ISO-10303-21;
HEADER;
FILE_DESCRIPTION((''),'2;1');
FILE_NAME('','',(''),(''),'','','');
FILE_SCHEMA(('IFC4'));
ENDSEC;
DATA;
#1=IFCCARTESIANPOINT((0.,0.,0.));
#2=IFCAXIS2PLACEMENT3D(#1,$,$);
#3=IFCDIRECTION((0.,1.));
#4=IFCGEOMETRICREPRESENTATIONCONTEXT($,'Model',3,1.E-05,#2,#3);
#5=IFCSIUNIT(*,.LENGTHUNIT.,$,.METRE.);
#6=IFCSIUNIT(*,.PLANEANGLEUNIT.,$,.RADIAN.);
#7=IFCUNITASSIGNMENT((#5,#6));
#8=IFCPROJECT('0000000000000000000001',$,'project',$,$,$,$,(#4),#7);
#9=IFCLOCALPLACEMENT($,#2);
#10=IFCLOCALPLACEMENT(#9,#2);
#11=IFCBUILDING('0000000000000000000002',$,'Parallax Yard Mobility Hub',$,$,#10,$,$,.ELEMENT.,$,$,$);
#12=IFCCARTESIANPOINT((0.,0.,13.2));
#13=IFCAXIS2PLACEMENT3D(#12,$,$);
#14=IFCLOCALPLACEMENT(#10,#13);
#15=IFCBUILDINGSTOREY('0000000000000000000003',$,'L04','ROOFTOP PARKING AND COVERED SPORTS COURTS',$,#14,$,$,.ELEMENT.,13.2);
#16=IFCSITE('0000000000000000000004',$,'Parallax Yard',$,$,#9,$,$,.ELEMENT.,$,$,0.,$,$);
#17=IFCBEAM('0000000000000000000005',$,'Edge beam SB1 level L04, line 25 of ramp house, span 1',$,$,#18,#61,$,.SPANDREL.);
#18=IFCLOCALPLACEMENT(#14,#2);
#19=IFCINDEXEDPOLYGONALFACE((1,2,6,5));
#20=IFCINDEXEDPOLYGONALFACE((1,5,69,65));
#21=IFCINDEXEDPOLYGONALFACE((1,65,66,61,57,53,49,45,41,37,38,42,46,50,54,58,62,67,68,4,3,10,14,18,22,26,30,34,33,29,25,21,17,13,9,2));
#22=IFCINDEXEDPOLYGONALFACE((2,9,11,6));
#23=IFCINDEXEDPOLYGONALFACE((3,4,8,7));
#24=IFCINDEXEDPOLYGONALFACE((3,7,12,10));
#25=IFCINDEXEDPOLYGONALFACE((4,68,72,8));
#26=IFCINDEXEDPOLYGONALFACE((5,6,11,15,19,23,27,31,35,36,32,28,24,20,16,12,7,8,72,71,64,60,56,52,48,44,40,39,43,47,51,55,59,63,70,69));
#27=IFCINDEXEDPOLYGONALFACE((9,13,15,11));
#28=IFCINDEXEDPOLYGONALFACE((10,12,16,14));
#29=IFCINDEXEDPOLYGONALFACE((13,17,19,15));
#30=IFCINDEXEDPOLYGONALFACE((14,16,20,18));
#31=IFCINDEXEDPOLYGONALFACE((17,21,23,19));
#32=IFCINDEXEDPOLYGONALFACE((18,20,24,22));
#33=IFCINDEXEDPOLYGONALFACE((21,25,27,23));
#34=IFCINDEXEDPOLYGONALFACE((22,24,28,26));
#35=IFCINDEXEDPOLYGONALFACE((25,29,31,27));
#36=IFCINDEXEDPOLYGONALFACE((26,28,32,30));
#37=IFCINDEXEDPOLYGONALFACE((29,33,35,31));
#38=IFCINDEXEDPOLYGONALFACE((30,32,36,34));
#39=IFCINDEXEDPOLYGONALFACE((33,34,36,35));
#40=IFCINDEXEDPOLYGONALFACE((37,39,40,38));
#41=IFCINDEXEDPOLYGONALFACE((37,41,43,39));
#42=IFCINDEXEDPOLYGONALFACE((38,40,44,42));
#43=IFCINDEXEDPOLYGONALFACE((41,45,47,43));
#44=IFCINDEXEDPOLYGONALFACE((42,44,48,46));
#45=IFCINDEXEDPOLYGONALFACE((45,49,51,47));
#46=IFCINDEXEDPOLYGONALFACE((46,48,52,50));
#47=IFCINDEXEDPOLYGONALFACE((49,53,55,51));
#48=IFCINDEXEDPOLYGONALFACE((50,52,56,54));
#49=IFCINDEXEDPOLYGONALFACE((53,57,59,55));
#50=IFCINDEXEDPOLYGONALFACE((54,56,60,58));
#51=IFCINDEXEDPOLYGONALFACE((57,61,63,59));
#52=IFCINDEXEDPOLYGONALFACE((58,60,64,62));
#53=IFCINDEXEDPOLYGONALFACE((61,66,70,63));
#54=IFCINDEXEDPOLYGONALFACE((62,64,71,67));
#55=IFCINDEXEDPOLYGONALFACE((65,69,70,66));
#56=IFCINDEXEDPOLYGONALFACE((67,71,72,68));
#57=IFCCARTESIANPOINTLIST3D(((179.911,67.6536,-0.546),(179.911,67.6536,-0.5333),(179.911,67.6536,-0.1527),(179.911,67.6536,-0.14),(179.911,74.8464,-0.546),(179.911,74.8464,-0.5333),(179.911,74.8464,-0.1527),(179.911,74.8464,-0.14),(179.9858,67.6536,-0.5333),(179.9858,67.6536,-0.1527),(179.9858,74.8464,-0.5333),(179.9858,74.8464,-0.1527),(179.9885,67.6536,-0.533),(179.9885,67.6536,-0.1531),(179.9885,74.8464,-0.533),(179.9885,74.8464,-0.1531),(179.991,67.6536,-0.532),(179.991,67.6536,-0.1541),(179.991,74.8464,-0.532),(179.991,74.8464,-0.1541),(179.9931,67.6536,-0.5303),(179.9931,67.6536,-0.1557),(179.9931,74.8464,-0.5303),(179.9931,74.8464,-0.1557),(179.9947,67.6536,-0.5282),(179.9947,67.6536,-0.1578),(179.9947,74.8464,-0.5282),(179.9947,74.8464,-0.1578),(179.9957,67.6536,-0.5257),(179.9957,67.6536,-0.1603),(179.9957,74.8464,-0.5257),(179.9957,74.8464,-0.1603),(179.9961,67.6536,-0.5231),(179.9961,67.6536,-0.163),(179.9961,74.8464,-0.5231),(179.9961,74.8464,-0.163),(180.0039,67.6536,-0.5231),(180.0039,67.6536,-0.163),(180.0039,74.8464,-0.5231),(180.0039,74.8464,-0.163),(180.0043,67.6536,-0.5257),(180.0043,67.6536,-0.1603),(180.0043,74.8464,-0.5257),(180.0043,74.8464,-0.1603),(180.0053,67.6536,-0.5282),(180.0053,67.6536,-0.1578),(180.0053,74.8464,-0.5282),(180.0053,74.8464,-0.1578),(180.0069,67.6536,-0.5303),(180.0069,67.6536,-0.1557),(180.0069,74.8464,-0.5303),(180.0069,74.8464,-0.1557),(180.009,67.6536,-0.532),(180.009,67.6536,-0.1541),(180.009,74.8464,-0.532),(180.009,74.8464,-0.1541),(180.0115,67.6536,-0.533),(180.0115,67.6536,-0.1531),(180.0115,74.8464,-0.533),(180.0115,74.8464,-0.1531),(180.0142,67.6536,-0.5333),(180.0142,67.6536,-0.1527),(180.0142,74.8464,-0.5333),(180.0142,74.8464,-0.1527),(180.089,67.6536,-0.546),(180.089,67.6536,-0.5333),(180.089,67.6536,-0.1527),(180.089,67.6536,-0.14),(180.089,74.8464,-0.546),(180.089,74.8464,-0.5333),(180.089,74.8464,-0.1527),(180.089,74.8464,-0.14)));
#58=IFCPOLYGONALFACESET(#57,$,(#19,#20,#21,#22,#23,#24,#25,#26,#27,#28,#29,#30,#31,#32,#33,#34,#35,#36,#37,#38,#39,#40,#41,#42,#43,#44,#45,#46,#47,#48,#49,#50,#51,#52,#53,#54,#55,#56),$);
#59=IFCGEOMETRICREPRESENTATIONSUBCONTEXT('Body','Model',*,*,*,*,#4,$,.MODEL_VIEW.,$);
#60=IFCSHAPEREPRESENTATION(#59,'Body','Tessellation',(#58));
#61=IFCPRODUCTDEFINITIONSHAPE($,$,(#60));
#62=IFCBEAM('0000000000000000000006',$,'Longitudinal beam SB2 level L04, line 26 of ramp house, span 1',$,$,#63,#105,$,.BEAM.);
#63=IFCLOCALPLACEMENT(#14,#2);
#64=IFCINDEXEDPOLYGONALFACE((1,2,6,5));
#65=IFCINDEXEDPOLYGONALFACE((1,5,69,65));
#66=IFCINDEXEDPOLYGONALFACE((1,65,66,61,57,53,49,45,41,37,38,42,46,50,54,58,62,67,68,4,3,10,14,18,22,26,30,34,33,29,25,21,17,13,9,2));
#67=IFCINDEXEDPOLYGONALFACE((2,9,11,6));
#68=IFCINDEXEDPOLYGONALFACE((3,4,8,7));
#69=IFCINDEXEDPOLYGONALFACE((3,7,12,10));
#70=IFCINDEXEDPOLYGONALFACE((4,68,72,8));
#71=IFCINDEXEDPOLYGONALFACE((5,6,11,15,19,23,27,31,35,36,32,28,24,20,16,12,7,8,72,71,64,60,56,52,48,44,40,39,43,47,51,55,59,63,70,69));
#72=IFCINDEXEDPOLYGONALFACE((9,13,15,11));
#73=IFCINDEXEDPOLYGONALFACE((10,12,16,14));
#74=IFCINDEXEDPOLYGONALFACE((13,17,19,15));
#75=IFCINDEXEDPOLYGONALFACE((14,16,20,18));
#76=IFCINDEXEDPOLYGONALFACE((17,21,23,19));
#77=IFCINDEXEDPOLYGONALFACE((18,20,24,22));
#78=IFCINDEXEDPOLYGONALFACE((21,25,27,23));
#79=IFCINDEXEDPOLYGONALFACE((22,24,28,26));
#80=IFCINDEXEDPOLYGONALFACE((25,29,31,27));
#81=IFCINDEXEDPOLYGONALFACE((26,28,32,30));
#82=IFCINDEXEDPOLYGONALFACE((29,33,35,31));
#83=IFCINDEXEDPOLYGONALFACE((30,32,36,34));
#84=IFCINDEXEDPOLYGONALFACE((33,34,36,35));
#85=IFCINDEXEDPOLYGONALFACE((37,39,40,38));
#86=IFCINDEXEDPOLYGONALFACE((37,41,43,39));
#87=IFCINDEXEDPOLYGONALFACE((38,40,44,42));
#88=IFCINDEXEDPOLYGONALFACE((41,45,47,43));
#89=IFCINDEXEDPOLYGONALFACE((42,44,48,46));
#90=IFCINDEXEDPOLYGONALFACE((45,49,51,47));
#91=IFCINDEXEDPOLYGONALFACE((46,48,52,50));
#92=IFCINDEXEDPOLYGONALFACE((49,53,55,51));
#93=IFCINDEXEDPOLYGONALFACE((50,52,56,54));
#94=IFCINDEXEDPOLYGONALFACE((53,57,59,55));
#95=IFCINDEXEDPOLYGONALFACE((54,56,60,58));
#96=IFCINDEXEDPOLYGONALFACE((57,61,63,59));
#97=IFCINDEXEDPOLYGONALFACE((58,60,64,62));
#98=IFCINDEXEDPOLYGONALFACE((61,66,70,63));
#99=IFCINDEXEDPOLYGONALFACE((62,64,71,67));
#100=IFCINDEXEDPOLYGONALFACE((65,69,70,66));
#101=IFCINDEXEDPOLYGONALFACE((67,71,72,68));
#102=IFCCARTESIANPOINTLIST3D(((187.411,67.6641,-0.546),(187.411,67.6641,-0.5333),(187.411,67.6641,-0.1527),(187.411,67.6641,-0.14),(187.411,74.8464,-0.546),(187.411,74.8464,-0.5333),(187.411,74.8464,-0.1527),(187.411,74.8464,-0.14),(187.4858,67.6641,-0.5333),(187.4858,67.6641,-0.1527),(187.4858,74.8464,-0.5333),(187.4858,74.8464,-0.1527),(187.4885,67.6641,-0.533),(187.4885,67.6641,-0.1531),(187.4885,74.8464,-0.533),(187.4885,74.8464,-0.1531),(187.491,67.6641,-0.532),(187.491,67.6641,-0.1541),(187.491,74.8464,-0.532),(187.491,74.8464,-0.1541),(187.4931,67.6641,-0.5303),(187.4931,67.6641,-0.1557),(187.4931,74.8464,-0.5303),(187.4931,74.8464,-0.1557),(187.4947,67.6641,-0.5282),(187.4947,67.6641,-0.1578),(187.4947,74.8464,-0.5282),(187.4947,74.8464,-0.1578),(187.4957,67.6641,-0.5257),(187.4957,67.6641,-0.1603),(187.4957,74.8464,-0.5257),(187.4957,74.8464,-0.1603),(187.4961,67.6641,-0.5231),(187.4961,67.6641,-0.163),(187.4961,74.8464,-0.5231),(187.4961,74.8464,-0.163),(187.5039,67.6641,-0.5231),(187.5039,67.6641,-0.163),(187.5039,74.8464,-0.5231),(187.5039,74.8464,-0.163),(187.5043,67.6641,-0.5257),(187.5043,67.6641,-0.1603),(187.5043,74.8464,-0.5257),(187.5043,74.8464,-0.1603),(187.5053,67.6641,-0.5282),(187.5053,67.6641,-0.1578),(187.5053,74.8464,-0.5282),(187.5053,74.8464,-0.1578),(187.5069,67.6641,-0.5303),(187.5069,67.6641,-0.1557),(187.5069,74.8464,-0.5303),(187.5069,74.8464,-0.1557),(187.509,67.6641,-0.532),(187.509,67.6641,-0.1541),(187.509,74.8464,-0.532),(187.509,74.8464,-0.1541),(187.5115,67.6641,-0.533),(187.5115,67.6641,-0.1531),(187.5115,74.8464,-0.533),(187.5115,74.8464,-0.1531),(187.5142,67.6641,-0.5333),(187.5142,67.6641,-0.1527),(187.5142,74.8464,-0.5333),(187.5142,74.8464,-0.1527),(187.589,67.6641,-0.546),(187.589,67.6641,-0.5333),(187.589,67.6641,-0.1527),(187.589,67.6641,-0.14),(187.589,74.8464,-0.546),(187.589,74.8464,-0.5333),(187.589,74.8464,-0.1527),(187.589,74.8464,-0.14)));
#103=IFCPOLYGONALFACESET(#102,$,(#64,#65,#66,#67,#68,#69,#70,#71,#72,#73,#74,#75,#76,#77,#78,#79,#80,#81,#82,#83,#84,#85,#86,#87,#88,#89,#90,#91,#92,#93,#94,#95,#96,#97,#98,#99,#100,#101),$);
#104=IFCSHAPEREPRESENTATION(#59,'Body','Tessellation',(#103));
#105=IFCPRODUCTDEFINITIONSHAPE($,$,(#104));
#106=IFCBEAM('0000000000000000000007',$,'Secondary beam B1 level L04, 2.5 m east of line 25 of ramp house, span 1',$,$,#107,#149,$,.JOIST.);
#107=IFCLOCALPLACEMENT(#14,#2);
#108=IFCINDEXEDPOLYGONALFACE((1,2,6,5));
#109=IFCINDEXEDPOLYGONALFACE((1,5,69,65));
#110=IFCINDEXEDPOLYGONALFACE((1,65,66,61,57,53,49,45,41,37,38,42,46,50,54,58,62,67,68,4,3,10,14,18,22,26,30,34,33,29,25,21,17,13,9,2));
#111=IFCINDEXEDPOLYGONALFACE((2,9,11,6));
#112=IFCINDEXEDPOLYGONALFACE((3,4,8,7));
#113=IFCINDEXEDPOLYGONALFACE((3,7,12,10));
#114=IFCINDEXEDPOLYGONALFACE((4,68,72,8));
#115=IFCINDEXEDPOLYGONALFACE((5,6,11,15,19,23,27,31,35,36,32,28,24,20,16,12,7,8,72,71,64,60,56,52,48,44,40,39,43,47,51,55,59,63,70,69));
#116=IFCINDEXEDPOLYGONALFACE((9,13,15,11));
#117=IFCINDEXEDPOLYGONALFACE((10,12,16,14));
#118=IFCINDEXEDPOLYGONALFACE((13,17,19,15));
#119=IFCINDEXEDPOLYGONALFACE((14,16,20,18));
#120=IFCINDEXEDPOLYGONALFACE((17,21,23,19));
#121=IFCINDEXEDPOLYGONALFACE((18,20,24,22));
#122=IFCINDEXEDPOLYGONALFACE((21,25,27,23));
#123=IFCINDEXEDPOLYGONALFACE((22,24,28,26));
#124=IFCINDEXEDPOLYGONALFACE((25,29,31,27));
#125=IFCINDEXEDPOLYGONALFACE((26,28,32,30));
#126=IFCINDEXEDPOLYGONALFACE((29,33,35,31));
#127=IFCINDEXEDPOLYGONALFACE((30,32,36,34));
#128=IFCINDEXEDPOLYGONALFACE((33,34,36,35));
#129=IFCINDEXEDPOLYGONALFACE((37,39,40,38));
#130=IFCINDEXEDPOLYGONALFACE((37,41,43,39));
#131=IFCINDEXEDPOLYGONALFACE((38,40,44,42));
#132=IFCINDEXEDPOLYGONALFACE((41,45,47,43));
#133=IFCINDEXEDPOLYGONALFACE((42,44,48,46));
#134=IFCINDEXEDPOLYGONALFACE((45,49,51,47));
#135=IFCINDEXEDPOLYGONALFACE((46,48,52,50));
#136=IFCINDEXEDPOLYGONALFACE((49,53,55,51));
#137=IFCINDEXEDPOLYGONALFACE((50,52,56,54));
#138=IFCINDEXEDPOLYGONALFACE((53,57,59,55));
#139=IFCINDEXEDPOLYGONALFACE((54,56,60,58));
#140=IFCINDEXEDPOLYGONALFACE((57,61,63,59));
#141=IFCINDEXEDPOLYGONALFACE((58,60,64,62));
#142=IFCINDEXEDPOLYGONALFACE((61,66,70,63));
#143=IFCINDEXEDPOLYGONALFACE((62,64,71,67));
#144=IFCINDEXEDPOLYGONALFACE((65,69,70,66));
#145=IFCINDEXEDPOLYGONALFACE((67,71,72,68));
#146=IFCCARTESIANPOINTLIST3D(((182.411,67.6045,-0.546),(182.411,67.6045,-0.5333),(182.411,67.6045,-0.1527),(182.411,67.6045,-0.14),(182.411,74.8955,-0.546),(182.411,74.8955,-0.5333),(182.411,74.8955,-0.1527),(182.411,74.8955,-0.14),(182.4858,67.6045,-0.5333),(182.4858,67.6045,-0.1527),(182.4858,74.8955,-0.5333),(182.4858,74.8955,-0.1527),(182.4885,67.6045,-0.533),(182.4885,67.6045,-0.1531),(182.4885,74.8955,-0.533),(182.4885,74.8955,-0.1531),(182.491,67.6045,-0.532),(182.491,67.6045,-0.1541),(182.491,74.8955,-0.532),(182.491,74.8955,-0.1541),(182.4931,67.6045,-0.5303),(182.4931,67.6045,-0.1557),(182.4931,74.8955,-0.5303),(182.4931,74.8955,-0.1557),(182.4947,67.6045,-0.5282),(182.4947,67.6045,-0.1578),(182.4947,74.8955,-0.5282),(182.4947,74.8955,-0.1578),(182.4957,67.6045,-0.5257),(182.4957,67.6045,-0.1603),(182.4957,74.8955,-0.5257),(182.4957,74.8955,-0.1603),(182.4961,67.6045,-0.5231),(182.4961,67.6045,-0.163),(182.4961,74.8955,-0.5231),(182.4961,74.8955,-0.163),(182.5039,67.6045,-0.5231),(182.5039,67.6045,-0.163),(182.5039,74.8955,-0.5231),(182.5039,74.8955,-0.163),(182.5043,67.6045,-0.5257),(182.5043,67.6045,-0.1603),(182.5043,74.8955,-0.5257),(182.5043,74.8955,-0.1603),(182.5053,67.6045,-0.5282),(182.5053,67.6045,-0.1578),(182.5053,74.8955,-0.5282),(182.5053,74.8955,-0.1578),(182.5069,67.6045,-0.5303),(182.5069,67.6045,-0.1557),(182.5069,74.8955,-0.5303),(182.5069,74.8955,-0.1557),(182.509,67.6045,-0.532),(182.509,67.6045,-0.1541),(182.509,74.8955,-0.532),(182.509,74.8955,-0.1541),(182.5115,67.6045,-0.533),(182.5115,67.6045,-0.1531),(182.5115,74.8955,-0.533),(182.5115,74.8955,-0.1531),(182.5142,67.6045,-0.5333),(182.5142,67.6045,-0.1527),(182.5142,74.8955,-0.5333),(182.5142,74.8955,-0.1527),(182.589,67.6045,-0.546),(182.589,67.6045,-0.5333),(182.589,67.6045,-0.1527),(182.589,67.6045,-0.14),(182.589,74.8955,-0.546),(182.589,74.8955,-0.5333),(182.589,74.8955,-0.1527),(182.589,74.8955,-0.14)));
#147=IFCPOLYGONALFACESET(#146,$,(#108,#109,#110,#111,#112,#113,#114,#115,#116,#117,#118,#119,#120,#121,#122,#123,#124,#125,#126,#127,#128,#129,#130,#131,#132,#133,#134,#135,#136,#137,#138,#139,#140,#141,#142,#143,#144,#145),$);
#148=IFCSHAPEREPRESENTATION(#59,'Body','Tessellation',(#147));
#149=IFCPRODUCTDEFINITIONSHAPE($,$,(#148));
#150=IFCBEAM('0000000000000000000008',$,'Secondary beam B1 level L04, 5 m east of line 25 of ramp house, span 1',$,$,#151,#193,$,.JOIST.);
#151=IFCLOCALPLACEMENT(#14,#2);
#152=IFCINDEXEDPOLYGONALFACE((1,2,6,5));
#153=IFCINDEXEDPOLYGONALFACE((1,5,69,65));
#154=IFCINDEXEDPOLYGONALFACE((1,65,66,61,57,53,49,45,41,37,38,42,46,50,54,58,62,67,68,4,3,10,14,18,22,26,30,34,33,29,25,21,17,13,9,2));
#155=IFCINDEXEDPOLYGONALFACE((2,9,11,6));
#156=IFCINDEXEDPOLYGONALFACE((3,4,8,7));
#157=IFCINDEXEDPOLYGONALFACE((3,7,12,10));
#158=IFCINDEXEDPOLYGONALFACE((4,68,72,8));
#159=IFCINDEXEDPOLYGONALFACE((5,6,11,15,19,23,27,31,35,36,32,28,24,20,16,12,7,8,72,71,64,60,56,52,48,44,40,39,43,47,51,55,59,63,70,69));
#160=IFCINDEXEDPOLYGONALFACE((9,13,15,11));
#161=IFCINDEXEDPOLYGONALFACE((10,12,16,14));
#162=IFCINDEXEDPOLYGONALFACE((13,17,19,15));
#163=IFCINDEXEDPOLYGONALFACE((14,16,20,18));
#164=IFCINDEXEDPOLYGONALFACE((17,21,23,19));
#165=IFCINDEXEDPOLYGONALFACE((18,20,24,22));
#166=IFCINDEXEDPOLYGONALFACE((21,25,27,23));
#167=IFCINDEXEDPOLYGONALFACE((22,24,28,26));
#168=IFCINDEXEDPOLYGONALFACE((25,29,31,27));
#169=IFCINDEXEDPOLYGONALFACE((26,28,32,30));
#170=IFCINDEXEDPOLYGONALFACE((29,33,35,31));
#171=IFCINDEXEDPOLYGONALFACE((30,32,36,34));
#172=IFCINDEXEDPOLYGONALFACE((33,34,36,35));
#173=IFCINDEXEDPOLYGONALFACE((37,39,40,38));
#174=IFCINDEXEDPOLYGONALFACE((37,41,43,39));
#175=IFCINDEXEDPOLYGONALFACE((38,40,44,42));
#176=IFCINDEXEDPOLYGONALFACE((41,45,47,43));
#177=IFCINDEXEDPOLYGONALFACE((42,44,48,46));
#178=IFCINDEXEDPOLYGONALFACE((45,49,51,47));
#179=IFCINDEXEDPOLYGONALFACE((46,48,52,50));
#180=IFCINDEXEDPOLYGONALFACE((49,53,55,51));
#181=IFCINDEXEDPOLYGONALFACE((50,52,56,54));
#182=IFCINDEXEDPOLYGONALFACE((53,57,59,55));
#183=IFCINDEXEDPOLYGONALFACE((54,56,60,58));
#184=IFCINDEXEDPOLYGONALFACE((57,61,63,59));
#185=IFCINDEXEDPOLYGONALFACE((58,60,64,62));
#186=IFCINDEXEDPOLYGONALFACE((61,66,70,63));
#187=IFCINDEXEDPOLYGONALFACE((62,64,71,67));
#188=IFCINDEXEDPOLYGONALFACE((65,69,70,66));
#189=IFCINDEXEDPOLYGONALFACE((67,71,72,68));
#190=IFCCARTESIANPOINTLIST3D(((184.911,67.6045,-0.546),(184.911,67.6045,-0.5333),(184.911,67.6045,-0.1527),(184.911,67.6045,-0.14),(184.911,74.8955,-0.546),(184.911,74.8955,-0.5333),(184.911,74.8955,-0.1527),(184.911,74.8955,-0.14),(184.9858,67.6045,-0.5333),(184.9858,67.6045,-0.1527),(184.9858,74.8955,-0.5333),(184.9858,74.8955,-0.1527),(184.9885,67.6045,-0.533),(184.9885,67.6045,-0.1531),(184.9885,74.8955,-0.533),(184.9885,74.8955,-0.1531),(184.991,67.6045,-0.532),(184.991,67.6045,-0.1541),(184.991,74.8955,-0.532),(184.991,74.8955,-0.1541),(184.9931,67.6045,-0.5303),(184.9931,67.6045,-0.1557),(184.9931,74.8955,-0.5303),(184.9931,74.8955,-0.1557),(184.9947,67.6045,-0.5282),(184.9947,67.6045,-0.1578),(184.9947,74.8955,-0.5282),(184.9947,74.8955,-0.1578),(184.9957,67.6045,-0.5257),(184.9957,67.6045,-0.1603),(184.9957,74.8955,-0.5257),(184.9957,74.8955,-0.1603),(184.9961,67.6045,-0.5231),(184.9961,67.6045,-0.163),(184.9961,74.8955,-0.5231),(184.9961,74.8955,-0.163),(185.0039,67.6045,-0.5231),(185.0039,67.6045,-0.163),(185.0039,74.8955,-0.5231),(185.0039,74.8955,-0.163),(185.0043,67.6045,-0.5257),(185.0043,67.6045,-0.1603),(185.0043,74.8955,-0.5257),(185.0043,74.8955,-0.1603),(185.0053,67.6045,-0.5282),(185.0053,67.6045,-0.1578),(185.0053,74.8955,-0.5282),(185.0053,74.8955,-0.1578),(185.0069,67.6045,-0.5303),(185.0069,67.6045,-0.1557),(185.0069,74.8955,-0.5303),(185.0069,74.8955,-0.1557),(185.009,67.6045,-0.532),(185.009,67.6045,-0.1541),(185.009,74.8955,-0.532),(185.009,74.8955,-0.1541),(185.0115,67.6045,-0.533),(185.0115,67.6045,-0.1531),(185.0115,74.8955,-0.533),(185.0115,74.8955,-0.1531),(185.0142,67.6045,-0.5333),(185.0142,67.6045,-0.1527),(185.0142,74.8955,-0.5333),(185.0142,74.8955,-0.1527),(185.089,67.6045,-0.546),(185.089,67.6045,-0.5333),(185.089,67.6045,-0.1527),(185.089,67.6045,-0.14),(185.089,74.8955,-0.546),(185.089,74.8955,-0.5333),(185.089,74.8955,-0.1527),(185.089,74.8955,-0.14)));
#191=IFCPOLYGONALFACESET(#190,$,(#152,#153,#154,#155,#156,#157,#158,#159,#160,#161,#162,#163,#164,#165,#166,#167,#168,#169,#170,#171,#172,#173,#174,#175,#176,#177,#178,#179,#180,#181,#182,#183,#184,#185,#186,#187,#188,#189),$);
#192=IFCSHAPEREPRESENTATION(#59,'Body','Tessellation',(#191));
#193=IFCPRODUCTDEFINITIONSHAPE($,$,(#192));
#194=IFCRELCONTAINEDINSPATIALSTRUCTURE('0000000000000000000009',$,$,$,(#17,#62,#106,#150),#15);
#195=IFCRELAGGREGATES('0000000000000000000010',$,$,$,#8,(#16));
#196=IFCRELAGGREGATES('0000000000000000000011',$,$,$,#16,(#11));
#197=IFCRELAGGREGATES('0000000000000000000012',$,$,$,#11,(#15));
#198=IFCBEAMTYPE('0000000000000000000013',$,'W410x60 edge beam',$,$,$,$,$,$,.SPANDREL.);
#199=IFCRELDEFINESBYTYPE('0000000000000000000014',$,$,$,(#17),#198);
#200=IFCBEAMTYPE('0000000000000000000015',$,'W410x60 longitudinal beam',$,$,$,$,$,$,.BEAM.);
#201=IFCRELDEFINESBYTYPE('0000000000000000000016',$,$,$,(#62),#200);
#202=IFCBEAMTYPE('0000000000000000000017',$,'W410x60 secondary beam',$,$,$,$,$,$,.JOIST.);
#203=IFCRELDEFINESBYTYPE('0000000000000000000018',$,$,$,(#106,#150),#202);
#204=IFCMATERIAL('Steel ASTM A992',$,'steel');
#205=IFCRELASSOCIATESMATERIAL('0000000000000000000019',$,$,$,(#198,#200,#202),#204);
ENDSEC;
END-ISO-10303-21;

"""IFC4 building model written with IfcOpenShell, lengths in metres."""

from ifc_helpers import new_model, si_unit, direction, frame, origin, origin_2d, place, context, subcontext, project, spatial, i_section, extrude, material, material_profile, profile_set, type_object, element, save


model = new_model("IFC4")

# Units and contexts
model_context = context("Model", 3, precision=1e-05, world=origin(), true_north=direction((0.0, 1.0)))
body_context = subcontext(model_context, "Body", "Model", "MODEL_VIEW")
ifc_project = project(units=[si_unit("LENGTHUNIT", "METRE"), si_unit("PLANEANGLEUNIT", "RADIAN")], contexts=[model_context])

# Site, building, storey
site_placement = place(None, origin())
site = spatial("IfcSite", under=ifc_project, at=site_placement, Name="Parallax Yard", CompositionType="ELEMENT", RefElevation=0.0)
building_placement = place(site_placement, origin())
building = spatial("IfcBuilding", under=site, at=building_placement, Name="Parallax Yard Mobility Hub", CompositionType="ELEMENT")
storey_placement = place(building_placement, frame((0.0, 0.0, 13.2)))
storey = spatial("IfcBuildingStorey", under=building, at=storey_placement, Name="L04", Description="ROOFTOP PARKING AND COVERED SPORTS COURTS", CompositionType="ELEMENT", Elevation=13.2)

# Shared definitions
ifc_material_1 = material(Name="Steel ASTM A992", Category="steel")

# Beams
ifc_material_profile_1 = material_profile(ifc_material_1, i_section(OverallWidth=0.178, OverallDepth=0.406, WebThickness=0.0078, FlangeThickness=0.0127, FilletRadius=0.0103, at=origin_2d()), Name="W410x60")
ifc_profile_set_1 = profile_set([ifc_material_profile_1], Name="Steel ASTM A992")
beam_type_1 = type_object("IfcBeamType", Name="W410x60 edge beam", PredefinedType="SPANDREL", material=ifc_profile_set_1)
beam_1_placement = place(storey_placement, frame((180.0, 67.6536, -0.343), z_axis=(0.0, 1.0, 0.0), x_axis=(-1.0, 0.0, 0.0)))
element("IfcBeam", 1, at=beam_1_placement, inside=storey, type_object=beam_type_1, Name="Edge beam SB1 level L04, line 25 of ramp house, span 1", PredefinedType="SPANDREL", context=body_context, shape_type="SweptSolid", body=[
    extrude(i_section(OverallWidth=0.178, OverallDepth=0.406, WebThickness=0.0078, FlangeThickness=0.0127, FilletRadius=0.0103, at=origin_2d()), origin(), (0.0, 0.0, 1.0), 7.1929),
])
ifc_material_profile_2 = material_profile(ifc_material_1, i_section(OverallWidth=0.178, OverallDepth=0.406, WebThickness=0.0078, FlangeThickness=0.0127, FilletRadius=0.0103, at=origin_2d()), Name="W410x60")
ifc_profile_set_2 = profile_set([ifc_material_profile_2], Name="Steel ASTM A992")
beam_type_2 = type_object("IfcBeamType", Name="W410x60 longitudinal beam", PredefinedType="BEAM", material=ifc_profile_set_2)
beam_2_placement = place(storey_placement, frame((187.5, 67.6641, -0.343), z_axis=(0.0, 1.0, 0.0), x_axis=(-1.0, 0.0, 0.0)))
element("IfcBeam", 2, at=beam_2_placement, inside=storey, type_object=beam_type_2, Name="Longitudinal beam SB2 level L04, line 26 of ramp house, span 1", PredefinedType="BEAM", context=body_context, shape_type="SweptSolid", body=[
    extrude(i_section(OverallWidth=0.178, OverallDepth=0.406, WebThickness=0.0078, FlangeThickness=0.0127, FilletRadius=0.0103, at=origin_2d()), origin(), (0.0, 0.0, 1.0), 7.1824),
])
ifc_material_profile_3 = material_profile(ifc_material_1, i_section(OverallWidth=0.178, OverallDepth=0.406, WebThickness=0.0078, FlangeThickness=0.0127, FilletRadius=0.0103, at=origin_2d()), Name="W410x60")
ifc_profile_set_3 = profile_set([ifc_material_profile_3], Name="Steel ASTM A992")
beam_type_3 = type_object("IfcBeamType", Name="W410x60 secondary beam", PredefinedType="JOIST", material=ifc_profile_set_3)
for number, where, z_axis, x_axis, name in (
    (3, (182.5, 67.6045, -0.343), (0.0, 1.0, 0.0), (-1.0, 0.0, 0.0), "Secondary beam B1 level L04, 2.5 m east of line 25 of ramp house, span 1"),
    (4, (185.0, 67.6045, -0.343), (0.0, 1.0, 0.0), (-1.0, 0.0, 0.0), "Secondary beam B1 level L04, 5 m east of line 25 of ramp house, span 1"),
):
    element("IfcBeam", number, at=place(storey_placement, frame(where, z_axis=z_axis, x_axis=x_axis)), inside=storey, type_object=beam_type_3, Name=name, PredefinedType="JOIST", context=body_context, shape_type="SweptSolid", body=[
        extrude(i_section(OverallWidth=0.178, OverallDepth=0.406, WebThickness=0.0078, FlangeThickness=0.0127, FilletRadius=0.0103, at=origin_2d()), origin(), (0.0, 0.0, 1.0), 7.291),
    ])

save(model, "model.ifc")
